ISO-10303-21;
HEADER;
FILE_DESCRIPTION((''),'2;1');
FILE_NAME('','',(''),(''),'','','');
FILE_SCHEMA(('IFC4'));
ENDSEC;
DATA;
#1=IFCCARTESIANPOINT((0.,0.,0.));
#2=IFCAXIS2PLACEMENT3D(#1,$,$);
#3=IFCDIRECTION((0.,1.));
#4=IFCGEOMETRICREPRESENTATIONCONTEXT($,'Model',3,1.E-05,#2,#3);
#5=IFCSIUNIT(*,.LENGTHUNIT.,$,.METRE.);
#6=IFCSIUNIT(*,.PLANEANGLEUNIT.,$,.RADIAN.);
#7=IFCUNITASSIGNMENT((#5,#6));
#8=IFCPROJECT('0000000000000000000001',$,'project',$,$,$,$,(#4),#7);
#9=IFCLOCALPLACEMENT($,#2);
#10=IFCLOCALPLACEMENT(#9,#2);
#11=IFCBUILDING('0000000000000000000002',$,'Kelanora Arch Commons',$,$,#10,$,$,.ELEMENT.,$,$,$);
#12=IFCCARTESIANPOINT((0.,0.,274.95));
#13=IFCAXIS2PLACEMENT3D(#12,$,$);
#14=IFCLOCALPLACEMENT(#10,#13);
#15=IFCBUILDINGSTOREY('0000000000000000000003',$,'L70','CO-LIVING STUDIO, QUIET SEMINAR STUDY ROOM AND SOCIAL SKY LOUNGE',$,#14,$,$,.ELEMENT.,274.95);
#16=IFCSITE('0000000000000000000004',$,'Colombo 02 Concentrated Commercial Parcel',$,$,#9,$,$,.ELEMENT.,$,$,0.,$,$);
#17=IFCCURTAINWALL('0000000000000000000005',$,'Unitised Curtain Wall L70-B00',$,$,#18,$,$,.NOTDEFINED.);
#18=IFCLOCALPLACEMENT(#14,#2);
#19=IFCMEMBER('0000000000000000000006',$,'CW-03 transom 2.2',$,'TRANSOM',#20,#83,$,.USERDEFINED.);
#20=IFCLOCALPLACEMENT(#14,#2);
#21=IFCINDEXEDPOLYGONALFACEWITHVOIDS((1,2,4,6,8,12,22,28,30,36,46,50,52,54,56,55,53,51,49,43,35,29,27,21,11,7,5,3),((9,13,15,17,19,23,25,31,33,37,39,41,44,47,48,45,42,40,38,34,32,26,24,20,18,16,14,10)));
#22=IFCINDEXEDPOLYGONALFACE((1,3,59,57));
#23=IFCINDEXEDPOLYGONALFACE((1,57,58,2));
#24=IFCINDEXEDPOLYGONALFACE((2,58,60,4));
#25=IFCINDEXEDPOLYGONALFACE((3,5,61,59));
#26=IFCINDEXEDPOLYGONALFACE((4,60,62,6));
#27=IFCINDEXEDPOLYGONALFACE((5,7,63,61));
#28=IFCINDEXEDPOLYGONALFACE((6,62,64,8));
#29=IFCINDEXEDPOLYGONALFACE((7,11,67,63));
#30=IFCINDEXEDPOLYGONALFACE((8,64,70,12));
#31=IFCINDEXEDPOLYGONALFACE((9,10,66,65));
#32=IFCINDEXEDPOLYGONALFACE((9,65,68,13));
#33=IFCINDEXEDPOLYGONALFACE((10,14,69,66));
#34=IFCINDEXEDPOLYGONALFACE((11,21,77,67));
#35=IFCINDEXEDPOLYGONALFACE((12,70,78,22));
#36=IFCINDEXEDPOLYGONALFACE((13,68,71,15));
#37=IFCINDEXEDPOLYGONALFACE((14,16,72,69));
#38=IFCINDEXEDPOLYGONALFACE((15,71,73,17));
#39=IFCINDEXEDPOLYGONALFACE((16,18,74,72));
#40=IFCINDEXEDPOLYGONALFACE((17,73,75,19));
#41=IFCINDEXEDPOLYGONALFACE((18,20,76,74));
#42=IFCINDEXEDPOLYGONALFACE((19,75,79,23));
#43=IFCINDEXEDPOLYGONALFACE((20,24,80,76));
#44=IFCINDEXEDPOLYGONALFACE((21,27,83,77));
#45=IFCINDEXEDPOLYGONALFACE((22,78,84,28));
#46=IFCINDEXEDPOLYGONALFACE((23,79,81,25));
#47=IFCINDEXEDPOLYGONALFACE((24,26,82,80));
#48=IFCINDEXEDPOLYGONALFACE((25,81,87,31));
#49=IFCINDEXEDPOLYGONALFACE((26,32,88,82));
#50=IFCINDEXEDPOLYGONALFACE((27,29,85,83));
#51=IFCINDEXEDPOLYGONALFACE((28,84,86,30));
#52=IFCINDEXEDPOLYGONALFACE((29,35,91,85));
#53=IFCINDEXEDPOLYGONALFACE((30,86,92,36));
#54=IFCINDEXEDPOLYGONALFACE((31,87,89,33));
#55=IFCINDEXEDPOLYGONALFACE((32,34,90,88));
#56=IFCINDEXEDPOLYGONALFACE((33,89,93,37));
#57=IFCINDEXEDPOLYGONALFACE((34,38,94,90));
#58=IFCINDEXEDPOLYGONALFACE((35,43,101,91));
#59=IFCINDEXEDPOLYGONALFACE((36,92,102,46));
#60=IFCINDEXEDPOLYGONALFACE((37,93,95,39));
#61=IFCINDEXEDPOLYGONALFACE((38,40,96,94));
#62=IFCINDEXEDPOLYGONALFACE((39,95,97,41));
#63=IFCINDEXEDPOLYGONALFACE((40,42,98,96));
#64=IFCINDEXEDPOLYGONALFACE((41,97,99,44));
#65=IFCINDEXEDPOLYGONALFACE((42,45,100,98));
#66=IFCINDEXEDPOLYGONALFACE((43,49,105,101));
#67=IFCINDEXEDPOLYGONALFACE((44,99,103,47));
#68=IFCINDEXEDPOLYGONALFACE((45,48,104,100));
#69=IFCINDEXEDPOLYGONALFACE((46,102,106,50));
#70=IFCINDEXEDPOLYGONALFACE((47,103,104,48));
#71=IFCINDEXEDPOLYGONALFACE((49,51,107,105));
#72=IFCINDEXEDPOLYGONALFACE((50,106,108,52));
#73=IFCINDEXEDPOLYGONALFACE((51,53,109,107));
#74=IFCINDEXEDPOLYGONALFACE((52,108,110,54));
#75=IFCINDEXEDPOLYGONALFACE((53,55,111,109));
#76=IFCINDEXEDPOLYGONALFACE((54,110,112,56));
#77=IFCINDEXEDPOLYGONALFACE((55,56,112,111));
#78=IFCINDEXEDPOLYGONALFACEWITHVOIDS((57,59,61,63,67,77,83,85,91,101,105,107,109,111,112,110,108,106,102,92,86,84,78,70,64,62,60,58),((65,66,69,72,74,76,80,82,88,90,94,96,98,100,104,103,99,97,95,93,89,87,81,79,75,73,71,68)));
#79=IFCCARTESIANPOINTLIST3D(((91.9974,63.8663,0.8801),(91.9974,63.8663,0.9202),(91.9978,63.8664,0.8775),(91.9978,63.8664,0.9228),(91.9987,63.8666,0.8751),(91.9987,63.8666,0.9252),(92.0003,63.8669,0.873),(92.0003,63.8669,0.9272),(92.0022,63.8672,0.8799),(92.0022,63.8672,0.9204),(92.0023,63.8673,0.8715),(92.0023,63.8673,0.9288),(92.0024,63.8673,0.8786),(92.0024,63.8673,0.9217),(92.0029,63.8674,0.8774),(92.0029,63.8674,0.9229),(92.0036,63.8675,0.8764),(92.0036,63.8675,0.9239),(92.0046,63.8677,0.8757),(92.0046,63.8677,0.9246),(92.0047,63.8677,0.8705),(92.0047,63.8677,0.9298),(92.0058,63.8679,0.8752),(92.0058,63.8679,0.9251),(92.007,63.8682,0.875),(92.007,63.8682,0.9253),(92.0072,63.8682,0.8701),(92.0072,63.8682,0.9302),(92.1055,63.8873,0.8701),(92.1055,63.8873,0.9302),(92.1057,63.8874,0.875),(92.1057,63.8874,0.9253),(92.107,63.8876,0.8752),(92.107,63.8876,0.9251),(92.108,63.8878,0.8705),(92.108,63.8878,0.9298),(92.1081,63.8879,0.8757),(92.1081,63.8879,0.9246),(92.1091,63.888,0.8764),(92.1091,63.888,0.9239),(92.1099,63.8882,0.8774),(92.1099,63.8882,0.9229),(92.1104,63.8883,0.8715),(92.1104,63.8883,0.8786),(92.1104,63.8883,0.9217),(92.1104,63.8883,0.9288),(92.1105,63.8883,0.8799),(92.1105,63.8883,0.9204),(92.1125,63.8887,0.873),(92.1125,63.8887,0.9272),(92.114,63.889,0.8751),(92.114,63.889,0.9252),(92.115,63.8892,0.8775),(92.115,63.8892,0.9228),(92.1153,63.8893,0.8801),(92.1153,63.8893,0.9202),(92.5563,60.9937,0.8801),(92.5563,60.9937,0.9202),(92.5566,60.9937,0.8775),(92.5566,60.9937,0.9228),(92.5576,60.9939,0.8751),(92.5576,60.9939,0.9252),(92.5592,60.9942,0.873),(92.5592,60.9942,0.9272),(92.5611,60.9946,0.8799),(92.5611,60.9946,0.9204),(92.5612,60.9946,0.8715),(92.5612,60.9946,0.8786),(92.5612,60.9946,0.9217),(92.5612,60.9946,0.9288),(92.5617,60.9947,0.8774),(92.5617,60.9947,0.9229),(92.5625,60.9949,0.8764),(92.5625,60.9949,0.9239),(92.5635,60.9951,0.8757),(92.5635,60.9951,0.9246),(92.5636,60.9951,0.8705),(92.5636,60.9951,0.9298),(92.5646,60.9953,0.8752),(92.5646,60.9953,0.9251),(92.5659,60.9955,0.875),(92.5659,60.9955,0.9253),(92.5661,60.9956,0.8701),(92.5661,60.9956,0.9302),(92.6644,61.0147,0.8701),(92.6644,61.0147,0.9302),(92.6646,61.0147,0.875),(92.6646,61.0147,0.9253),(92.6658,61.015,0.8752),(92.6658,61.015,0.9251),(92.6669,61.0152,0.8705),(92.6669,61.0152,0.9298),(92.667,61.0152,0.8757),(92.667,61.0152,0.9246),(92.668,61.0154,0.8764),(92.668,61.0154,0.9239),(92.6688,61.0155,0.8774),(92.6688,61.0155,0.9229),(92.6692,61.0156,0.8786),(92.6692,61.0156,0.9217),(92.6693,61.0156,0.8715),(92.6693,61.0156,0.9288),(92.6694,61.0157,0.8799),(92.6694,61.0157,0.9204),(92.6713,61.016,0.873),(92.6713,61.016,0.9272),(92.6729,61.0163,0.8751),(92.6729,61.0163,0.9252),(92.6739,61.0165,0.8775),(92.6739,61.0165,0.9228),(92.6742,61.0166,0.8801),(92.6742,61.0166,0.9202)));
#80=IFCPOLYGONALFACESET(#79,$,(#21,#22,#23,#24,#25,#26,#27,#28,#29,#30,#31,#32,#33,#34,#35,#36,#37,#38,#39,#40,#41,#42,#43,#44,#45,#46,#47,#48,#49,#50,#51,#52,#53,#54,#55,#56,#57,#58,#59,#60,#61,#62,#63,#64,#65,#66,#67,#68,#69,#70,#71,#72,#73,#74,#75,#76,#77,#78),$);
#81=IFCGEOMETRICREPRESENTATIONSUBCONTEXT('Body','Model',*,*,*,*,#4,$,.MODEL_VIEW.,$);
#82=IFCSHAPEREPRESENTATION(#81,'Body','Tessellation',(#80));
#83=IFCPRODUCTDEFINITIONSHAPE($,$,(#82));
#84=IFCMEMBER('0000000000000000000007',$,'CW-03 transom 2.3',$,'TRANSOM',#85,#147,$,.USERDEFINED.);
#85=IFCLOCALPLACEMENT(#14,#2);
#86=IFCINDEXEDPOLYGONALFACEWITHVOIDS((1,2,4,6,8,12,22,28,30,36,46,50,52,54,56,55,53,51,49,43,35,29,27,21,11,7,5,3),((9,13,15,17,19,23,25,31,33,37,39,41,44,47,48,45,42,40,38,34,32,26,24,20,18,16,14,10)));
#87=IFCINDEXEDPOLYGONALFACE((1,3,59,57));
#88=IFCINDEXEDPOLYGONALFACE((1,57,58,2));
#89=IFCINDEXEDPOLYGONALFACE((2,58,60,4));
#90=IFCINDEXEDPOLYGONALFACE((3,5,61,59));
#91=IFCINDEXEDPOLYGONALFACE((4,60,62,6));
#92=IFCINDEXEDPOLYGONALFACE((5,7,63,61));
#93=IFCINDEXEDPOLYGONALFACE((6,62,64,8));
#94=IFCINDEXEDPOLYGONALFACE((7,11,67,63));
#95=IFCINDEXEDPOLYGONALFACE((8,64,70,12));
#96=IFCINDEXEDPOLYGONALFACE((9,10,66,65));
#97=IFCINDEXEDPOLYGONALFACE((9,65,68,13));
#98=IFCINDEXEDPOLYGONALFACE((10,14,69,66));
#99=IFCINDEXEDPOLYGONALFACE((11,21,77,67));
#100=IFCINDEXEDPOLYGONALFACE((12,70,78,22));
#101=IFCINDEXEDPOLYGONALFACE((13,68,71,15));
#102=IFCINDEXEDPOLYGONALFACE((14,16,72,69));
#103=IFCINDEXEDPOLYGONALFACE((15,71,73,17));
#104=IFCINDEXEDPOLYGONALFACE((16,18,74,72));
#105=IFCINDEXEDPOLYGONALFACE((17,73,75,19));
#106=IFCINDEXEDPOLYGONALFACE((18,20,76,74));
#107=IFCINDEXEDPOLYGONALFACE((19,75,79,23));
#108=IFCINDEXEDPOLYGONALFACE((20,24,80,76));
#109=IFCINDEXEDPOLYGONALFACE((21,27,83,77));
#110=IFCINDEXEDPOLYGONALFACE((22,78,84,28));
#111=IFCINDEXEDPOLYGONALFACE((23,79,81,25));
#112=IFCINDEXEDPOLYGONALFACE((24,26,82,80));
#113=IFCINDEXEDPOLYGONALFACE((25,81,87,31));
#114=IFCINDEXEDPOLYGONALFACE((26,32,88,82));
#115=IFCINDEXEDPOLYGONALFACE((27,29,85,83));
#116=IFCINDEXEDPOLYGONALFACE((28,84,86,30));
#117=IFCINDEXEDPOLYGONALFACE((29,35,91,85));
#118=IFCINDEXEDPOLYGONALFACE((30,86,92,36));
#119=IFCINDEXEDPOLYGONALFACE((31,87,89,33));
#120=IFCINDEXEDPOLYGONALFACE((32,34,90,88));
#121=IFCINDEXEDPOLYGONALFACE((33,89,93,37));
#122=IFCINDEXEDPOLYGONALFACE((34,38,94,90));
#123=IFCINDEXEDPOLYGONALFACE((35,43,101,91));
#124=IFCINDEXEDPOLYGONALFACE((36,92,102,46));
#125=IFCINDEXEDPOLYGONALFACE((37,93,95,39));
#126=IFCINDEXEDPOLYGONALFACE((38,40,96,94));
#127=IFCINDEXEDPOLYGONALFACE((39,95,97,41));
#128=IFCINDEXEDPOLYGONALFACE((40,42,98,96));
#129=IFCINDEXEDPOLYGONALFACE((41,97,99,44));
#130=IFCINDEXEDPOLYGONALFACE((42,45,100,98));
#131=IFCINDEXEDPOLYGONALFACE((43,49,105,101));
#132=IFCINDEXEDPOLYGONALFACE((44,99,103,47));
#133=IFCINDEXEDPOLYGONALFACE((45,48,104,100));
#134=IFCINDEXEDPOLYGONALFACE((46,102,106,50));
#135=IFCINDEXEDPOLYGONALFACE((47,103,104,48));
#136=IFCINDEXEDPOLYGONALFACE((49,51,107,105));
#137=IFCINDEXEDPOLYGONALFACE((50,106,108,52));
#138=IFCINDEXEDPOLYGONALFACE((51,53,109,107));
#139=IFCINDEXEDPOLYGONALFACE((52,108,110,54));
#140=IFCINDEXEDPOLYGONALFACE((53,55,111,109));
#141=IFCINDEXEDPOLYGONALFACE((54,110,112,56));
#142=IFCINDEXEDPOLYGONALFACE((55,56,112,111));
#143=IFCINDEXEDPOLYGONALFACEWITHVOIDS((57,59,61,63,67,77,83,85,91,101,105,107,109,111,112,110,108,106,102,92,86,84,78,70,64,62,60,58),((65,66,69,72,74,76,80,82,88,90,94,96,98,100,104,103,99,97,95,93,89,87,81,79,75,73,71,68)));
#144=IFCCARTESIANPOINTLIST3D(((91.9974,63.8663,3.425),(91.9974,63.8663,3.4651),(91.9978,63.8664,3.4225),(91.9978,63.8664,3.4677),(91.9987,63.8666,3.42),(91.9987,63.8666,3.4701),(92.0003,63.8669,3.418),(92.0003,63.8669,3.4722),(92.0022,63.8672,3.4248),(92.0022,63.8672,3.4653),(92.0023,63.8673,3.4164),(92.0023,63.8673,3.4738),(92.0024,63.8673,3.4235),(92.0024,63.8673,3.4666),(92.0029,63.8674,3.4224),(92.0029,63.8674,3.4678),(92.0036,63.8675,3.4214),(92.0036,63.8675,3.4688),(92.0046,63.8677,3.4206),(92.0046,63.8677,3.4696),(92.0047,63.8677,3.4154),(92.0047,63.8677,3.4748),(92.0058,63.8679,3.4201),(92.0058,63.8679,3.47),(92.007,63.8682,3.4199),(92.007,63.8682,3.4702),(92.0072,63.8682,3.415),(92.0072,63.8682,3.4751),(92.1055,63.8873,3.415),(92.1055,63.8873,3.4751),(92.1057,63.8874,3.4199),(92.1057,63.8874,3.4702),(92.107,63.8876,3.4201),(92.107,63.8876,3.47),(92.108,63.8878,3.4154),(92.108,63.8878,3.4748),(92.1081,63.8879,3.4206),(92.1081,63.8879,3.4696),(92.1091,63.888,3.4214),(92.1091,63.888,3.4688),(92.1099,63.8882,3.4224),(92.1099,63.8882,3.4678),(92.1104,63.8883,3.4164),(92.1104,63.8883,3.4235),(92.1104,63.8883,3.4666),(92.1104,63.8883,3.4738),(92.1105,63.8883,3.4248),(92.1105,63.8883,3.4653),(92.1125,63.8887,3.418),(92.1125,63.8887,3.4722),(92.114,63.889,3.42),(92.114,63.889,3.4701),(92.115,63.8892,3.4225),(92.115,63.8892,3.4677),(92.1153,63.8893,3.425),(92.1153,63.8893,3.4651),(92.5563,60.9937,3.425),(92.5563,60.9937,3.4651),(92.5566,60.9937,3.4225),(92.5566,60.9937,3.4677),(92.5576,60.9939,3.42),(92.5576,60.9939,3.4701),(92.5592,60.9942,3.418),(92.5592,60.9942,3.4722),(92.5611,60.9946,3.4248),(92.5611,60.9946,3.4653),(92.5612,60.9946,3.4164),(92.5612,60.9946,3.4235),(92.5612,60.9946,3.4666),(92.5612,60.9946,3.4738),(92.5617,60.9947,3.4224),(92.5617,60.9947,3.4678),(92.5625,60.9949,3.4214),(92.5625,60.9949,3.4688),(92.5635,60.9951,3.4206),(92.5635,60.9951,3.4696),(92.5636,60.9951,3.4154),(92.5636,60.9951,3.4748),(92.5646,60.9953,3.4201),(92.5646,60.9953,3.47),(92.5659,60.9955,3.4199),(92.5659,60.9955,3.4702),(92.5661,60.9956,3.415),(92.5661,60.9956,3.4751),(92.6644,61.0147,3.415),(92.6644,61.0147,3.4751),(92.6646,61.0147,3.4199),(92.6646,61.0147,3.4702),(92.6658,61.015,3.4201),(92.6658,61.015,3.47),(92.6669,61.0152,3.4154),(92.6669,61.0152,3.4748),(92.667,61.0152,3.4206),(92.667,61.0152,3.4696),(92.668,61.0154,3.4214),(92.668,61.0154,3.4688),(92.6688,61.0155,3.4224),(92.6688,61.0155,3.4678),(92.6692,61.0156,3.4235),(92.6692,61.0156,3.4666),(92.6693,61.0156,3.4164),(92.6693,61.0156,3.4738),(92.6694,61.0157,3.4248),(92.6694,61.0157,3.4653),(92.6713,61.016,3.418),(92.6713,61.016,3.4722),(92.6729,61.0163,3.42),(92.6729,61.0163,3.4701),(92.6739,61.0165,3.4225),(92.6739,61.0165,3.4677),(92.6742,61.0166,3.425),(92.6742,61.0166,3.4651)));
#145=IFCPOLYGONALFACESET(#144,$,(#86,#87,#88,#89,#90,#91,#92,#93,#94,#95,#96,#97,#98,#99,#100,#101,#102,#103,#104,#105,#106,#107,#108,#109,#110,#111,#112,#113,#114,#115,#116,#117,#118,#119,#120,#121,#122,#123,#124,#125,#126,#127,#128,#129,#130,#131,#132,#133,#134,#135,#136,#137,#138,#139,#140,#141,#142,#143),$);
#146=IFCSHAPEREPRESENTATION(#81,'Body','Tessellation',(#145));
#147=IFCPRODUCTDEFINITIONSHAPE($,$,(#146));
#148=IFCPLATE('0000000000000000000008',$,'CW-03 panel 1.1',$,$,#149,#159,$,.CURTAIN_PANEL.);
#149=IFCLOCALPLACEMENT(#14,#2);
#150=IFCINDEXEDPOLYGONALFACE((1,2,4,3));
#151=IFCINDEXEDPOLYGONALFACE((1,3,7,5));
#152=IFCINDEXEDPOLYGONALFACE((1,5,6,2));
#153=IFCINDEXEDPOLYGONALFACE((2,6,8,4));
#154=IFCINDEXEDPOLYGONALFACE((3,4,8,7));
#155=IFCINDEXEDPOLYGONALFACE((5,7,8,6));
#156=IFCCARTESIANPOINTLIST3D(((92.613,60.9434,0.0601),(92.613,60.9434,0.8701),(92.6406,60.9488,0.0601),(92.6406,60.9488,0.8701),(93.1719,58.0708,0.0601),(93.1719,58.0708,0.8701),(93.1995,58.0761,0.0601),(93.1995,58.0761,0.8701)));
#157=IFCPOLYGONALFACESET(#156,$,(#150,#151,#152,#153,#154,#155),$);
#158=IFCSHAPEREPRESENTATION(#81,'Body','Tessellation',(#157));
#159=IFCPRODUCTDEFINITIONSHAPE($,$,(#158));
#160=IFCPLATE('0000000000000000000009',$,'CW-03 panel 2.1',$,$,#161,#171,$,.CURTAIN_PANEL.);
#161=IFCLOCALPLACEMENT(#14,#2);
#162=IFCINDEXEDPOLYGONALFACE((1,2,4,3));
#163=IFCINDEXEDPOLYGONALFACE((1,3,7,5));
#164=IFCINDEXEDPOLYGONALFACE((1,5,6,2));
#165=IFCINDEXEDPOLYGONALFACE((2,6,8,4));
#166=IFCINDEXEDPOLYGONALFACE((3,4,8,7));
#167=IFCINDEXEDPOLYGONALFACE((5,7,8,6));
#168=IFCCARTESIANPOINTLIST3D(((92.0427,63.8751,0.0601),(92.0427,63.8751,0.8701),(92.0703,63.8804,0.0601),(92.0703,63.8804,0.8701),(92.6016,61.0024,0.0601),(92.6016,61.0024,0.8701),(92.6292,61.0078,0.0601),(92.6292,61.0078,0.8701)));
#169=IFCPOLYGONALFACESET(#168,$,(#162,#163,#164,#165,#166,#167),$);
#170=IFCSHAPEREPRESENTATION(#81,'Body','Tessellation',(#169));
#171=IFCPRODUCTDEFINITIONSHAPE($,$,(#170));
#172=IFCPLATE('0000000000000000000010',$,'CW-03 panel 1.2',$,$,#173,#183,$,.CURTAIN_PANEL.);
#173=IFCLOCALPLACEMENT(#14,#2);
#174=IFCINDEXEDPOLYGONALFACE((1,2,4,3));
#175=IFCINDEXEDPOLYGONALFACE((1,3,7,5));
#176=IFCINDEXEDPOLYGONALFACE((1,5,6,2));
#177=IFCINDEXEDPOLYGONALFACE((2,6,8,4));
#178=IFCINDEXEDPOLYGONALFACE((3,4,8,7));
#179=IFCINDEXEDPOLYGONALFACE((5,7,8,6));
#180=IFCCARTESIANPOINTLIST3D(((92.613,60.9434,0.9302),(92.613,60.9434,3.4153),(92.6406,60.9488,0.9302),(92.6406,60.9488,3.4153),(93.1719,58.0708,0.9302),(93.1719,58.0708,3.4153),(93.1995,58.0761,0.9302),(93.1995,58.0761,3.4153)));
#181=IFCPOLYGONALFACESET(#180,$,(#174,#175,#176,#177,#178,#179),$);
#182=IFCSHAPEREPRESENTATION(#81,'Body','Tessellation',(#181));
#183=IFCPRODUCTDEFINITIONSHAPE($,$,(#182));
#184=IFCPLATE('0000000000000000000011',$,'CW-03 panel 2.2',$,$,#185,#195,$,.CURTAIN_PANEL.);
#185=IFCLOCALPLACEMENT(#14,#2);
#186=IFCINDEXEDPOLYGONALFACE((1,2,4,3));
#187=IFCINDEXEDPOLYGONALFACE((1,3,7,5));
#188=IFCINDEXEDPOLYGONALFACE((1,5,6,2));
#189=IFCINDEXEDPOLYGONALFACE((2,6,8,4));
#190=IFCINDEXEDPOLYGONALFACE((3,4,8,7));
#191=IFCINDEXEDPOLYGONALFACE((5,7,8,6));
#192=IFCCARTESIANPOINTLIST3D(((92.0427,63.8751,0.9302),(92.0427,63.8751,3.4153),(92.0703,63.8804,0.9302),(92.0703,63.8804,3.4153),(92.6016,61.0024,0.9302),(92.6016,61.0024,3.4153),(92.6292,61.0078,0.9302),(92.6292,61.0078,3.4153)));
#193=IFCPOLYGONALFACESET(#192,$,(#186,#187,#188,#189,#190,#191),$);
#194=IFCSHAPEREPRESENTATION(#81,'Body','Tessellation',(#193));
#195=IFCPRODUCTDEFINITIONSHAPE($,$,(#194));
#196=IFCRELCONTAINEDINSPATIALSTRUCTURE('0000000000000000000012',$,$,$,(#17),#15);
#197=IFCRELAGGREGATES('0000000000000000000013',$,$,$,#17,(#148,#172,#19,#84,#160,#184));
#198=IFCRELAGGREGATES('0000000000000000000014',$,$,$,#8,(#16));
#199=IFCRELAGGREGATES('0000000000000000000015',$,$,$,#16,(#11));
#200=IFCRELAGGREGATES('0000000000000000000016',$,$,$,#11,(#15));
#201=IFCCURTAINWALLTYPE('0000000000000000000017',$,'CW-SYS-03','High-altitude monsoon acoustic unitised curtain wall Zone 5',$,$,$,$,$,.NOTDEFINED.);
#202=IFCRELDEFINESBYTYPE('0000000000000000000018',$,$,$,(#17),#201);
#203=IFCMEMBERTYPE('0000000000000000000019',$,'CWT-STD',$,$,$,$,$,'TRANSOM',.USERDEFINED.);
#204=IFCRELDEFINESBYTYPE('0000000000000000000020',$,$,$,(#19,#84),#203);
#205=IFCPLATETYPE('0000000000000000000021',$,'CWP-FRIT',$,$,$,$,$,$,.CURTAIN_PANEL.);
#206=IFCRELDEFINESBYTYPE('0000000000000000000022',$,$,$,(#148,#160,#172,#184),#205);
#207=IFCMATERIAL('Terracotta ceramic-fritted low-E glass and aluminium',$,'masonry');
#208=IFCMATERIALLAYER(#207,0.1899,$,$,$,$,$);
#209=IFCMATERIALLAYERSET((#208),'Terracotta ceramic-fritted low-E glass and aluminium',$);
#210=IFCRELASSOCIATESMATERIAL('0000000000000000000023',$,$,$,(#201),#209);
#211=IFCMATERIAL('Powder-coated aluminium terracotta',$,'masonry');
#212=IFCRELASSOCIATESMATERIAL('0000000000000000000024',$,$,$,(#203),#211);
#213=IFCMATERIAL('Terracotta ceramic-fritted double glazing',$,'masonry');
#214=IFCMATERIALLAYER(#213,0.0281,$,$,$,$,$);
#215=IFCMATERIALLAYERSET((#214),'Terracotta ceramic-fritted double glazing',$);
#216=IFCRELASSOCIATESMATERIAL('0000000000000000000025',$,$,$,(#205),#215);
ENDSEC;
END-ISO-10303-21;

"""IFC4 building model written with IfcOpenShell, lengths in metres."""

from ifc_helpers import new_model, si_unit, direction, frame, origin, origin_2d, place, context, subcontext, project, spatial, rectangle, hollow_rectangle, extrude, source, transform, mapped, material, layer, layer_set, material_profile, profile_set, type_object, element, aggregate, save


model = new_model("IFC4")

# Units and contexts
model_context = context("Model", 3, precision=1e-05, world=origin(), true_north=direction((0.0, 1.0)))
body_context = subcontext(model_context, "Body", "Model", "MODEL_VIEW")
ifc_project = project(units=[si_unit("LENGTHUNIT", "METRE"), si_unit("PLANEANGLEUNIT", "RADIAN")], contexts=[model_context])

# Site, building, storey
site_placement = place(None, origin())
site = spatial("IfcSite", under=ifc_project, at=site_placement, Name="Colombo 02 Concentrated Commercial Parcel", CompositionType="ELEMENT", RefElevation=0.0)
building_placement = place(site_placement, origin())
building = spatial("IfcBuilding", under=site, at=building_placement, Name="Kelanora Arch Commons", CompositionType="ELEMENT")
storey_placement = place(building_placement, frame((0.0, 0.0, 274.95)))
storey = spatial("IfcBuildingStorey", under=building, at=storey_placement, Name="L70", Description="CO-LIVING STUDIO, QUIET SEMINAR STUDY ROOM AND SOCIAL SKY LOUNGE", CompositionType="ELEMENT", Elevation=274.95)

# Curtain wall, members, plates
ifc_material_1 = material(Name="Terracotta ceramic-fritted low-E glass and aluminium", Category="masonry")
ifc_layer_1 = layer(ifc_material_1, 0.1899)
ifc_layer_set_1 = layer_set([ifc_layer_1], Name="Terracotta ceramic-fritted low-E glass and aluminium")
curtain_wall_type = type_object("IfcCurtainWallType", Name="CW-SYS-03", Description="High-altitude monsoon acoustic unitised curtain wall Zone 5", PredefinedType="NOTDEFINED", material=ifc_layer_set_1)
curtain_wall_placement = place(storey_placement, origin())
curtain_wall = element("IfcCurtainWall", 1, at=curtain_wall_placement, inside=storey, type_object=curtain_wall_type, Name="Unitised Curtain Wall L70-B00", PredefinedType="NOTDEFINED")
ifc_material_2 = material(Name="Powder-coated aluminium terracotta", Category="masonry")
ifc_material_profile_1 = material_profile(ifc_material_2, hollow_rectangle(XDim=0.1201, YDim=0.0601, WallThickness=0.0049, InnerFilletRadius=0.0049, OuterFilletRadius=0.01, at=origin_2d()), Name="CWT120x60")
ifc_profile_set_1 = profile_set([ifc_material_profile_1], Name="Powder-coated aluminium terracotta")
member_type_1 = type_object("IfcMemberType", Name="CWT-STD", ElementType="TRANSOM", PredefinedType="USERDEFINED", material=ifc_profile_set_1)
member_1_placement = place(storey_placement, frame((92.6152, 61.0051, 0.9001), z_axis=(-0.190963, 0.981597, 0.0), x_axis=(-0.981597, -0.190963, 0.0)))
member_1 = element("IfcMember", 2, at=member_1_placement, type_object=member_type_1, Name="CW-03 transom 2.2", ObjectType="TRANSOM", PredefinedType="USERDEFINED", context=body_context, shape_type="SweptSolid", body=[
    extrude(hollow_rectangle(XDim=0.1201, YDim=0.0601, WallThickness=0.0049, InnerFilletRadius=0.0049, OuterFilletRadius=0.01, at=origin_2d()), origin(), (0.0, 0.0, 1.0), 2.9265),
])
member_2_placement = place(storey_placement, frame((92.6152, 61.0051, 3.4451), z_axis=(-0.190963, 0.981597, 0.0), x_axis=(-0.981597, -0.190963, 0.0)))
member_2 = element("IfcMember", 3, at=member_2_placement, type_object=member_type_1, Name="CW-03 transom 2.3", ObjectType="TRANSOM", PredefinedType="USERDEFINED", context=body_context, shape_type="SweptSolid", body=[
    extrude(hollow_rectangle(XDim=0.1201, YDim=0.0601, WallThickness=0.0049, InnerFilletRadius=0.0049, OuterFilletRadius=0.01, at=origin_2d()), origin(), (0.0, 0.0, 1.0), 2.9265),
])
ifc_material_3 = material(Name="Terracotta ceramic-fritted double glazing", Category="masonry")
ifc_layer_2 = layer(ifc_material_3, 0.0281)
ifc_layer_set_2 = layer_set([ifc_layer_2], Name="Terracotta ceramic-fritted double glazing")
plate_type = type_object("IfcPlateType", Name="CWP-FRIT", PredefinedType="CURTAIN_PANEL", material=ifc_layer_set_2)
shared_shape_1 = source(origin(), body_context, "Body", "SweptSolid", [
    extrude(rectangle(XDim=2.9265, YDim=0.0281, at=origin_2d()), origin(), (0.0, 0.0, 1.0), 0.8101),
])
plate_1_placement = place(storey_placement, frame((92.9062, 59.5098, 0.0601), z_axis=(0.0, 0.0, 1.0), x_axis=(-0.190972, 0.981596, 0.0)))
plate_1 = element("IfcPlate", 4, at=plate_1_placement, type_object=plate_type, Name="CW-03 panel 1.1", PredefinedType="CURTAIN_PANEL", context=body_context, shape_type="MappedRepresentation", body=[
    mapped(shared_shape_1, transform((0.0, 0.0, 0.0), scale=1.0)),
])
plate_2_placement = place(storey_placement, frame((92.3359, 62.4414, 0.0601), z_axis=(0.0, 0.0, 1.0), x_axis=(-0.190972, 0.981596, 0.0)))
plate_2 = element("IfcPlate", 5, at=plate_2_placement, type_object=plate_type, Name="CW-03 panel 2.1", PredefinedType="CURTAIN_PANEL", context=body_context, shape_type="MappedRepresentation", body=[
    mapped(shared_shape_1, transform((0.0, 0.0, 0.0), scale=1.0)),
])
shared_shape_2 = source(origin(), body_context, "Body", "SweptSolid", [
    extrude(rectangle(XDim=2.9265, YDim=0.0281, at=origin_2d()), origin(), (0.0, 0.0, 1.0), 2.4851),
])
plate_3_placement = place(storey_placement, frame((92.9062, 59.5098, 0.9302), z_axis=(0.0, 0.0, 1.0), x_axis=(-0.190972, 0.981596, 0.0)))
plate_3 = element("IfcPlate", 6, at=plate_3_placement, type_object=plate_type, Name="CW-03 panel 1.2", PredefinedType="CURTAIN_PANEL", context=body_context, shape_type="MappedRepresentation", body=[
    mapped(shared_shape_2, transform((0.0, 0.0, 0.0), scale=1.0)),
])
plate_4_placement = place(storey_placement, frame((92.3359, 62.4414, 0.9302), z_axis=(0.0, 0.0, 1.0), x_axis=(-0.190972, 0.981596, 0.0)))
plate_4 = element("IfcPlate", 7, at=plate_4_placement, type_object=plate_type, Name="CW-03 panel 2.2", PredefinedType="CURTAIN_PANEL", context=body_context, shape_type="MappedRepresentation", body=[
    mapped(shared_shape_2, transform((0.0, 0.0, 0.0), scale=1.0)),
])
aggregate(curtain_wall, [plate_1, plate_3, member_1, member_2, plate_2, plate_4])

save(model, "model.ifc")
